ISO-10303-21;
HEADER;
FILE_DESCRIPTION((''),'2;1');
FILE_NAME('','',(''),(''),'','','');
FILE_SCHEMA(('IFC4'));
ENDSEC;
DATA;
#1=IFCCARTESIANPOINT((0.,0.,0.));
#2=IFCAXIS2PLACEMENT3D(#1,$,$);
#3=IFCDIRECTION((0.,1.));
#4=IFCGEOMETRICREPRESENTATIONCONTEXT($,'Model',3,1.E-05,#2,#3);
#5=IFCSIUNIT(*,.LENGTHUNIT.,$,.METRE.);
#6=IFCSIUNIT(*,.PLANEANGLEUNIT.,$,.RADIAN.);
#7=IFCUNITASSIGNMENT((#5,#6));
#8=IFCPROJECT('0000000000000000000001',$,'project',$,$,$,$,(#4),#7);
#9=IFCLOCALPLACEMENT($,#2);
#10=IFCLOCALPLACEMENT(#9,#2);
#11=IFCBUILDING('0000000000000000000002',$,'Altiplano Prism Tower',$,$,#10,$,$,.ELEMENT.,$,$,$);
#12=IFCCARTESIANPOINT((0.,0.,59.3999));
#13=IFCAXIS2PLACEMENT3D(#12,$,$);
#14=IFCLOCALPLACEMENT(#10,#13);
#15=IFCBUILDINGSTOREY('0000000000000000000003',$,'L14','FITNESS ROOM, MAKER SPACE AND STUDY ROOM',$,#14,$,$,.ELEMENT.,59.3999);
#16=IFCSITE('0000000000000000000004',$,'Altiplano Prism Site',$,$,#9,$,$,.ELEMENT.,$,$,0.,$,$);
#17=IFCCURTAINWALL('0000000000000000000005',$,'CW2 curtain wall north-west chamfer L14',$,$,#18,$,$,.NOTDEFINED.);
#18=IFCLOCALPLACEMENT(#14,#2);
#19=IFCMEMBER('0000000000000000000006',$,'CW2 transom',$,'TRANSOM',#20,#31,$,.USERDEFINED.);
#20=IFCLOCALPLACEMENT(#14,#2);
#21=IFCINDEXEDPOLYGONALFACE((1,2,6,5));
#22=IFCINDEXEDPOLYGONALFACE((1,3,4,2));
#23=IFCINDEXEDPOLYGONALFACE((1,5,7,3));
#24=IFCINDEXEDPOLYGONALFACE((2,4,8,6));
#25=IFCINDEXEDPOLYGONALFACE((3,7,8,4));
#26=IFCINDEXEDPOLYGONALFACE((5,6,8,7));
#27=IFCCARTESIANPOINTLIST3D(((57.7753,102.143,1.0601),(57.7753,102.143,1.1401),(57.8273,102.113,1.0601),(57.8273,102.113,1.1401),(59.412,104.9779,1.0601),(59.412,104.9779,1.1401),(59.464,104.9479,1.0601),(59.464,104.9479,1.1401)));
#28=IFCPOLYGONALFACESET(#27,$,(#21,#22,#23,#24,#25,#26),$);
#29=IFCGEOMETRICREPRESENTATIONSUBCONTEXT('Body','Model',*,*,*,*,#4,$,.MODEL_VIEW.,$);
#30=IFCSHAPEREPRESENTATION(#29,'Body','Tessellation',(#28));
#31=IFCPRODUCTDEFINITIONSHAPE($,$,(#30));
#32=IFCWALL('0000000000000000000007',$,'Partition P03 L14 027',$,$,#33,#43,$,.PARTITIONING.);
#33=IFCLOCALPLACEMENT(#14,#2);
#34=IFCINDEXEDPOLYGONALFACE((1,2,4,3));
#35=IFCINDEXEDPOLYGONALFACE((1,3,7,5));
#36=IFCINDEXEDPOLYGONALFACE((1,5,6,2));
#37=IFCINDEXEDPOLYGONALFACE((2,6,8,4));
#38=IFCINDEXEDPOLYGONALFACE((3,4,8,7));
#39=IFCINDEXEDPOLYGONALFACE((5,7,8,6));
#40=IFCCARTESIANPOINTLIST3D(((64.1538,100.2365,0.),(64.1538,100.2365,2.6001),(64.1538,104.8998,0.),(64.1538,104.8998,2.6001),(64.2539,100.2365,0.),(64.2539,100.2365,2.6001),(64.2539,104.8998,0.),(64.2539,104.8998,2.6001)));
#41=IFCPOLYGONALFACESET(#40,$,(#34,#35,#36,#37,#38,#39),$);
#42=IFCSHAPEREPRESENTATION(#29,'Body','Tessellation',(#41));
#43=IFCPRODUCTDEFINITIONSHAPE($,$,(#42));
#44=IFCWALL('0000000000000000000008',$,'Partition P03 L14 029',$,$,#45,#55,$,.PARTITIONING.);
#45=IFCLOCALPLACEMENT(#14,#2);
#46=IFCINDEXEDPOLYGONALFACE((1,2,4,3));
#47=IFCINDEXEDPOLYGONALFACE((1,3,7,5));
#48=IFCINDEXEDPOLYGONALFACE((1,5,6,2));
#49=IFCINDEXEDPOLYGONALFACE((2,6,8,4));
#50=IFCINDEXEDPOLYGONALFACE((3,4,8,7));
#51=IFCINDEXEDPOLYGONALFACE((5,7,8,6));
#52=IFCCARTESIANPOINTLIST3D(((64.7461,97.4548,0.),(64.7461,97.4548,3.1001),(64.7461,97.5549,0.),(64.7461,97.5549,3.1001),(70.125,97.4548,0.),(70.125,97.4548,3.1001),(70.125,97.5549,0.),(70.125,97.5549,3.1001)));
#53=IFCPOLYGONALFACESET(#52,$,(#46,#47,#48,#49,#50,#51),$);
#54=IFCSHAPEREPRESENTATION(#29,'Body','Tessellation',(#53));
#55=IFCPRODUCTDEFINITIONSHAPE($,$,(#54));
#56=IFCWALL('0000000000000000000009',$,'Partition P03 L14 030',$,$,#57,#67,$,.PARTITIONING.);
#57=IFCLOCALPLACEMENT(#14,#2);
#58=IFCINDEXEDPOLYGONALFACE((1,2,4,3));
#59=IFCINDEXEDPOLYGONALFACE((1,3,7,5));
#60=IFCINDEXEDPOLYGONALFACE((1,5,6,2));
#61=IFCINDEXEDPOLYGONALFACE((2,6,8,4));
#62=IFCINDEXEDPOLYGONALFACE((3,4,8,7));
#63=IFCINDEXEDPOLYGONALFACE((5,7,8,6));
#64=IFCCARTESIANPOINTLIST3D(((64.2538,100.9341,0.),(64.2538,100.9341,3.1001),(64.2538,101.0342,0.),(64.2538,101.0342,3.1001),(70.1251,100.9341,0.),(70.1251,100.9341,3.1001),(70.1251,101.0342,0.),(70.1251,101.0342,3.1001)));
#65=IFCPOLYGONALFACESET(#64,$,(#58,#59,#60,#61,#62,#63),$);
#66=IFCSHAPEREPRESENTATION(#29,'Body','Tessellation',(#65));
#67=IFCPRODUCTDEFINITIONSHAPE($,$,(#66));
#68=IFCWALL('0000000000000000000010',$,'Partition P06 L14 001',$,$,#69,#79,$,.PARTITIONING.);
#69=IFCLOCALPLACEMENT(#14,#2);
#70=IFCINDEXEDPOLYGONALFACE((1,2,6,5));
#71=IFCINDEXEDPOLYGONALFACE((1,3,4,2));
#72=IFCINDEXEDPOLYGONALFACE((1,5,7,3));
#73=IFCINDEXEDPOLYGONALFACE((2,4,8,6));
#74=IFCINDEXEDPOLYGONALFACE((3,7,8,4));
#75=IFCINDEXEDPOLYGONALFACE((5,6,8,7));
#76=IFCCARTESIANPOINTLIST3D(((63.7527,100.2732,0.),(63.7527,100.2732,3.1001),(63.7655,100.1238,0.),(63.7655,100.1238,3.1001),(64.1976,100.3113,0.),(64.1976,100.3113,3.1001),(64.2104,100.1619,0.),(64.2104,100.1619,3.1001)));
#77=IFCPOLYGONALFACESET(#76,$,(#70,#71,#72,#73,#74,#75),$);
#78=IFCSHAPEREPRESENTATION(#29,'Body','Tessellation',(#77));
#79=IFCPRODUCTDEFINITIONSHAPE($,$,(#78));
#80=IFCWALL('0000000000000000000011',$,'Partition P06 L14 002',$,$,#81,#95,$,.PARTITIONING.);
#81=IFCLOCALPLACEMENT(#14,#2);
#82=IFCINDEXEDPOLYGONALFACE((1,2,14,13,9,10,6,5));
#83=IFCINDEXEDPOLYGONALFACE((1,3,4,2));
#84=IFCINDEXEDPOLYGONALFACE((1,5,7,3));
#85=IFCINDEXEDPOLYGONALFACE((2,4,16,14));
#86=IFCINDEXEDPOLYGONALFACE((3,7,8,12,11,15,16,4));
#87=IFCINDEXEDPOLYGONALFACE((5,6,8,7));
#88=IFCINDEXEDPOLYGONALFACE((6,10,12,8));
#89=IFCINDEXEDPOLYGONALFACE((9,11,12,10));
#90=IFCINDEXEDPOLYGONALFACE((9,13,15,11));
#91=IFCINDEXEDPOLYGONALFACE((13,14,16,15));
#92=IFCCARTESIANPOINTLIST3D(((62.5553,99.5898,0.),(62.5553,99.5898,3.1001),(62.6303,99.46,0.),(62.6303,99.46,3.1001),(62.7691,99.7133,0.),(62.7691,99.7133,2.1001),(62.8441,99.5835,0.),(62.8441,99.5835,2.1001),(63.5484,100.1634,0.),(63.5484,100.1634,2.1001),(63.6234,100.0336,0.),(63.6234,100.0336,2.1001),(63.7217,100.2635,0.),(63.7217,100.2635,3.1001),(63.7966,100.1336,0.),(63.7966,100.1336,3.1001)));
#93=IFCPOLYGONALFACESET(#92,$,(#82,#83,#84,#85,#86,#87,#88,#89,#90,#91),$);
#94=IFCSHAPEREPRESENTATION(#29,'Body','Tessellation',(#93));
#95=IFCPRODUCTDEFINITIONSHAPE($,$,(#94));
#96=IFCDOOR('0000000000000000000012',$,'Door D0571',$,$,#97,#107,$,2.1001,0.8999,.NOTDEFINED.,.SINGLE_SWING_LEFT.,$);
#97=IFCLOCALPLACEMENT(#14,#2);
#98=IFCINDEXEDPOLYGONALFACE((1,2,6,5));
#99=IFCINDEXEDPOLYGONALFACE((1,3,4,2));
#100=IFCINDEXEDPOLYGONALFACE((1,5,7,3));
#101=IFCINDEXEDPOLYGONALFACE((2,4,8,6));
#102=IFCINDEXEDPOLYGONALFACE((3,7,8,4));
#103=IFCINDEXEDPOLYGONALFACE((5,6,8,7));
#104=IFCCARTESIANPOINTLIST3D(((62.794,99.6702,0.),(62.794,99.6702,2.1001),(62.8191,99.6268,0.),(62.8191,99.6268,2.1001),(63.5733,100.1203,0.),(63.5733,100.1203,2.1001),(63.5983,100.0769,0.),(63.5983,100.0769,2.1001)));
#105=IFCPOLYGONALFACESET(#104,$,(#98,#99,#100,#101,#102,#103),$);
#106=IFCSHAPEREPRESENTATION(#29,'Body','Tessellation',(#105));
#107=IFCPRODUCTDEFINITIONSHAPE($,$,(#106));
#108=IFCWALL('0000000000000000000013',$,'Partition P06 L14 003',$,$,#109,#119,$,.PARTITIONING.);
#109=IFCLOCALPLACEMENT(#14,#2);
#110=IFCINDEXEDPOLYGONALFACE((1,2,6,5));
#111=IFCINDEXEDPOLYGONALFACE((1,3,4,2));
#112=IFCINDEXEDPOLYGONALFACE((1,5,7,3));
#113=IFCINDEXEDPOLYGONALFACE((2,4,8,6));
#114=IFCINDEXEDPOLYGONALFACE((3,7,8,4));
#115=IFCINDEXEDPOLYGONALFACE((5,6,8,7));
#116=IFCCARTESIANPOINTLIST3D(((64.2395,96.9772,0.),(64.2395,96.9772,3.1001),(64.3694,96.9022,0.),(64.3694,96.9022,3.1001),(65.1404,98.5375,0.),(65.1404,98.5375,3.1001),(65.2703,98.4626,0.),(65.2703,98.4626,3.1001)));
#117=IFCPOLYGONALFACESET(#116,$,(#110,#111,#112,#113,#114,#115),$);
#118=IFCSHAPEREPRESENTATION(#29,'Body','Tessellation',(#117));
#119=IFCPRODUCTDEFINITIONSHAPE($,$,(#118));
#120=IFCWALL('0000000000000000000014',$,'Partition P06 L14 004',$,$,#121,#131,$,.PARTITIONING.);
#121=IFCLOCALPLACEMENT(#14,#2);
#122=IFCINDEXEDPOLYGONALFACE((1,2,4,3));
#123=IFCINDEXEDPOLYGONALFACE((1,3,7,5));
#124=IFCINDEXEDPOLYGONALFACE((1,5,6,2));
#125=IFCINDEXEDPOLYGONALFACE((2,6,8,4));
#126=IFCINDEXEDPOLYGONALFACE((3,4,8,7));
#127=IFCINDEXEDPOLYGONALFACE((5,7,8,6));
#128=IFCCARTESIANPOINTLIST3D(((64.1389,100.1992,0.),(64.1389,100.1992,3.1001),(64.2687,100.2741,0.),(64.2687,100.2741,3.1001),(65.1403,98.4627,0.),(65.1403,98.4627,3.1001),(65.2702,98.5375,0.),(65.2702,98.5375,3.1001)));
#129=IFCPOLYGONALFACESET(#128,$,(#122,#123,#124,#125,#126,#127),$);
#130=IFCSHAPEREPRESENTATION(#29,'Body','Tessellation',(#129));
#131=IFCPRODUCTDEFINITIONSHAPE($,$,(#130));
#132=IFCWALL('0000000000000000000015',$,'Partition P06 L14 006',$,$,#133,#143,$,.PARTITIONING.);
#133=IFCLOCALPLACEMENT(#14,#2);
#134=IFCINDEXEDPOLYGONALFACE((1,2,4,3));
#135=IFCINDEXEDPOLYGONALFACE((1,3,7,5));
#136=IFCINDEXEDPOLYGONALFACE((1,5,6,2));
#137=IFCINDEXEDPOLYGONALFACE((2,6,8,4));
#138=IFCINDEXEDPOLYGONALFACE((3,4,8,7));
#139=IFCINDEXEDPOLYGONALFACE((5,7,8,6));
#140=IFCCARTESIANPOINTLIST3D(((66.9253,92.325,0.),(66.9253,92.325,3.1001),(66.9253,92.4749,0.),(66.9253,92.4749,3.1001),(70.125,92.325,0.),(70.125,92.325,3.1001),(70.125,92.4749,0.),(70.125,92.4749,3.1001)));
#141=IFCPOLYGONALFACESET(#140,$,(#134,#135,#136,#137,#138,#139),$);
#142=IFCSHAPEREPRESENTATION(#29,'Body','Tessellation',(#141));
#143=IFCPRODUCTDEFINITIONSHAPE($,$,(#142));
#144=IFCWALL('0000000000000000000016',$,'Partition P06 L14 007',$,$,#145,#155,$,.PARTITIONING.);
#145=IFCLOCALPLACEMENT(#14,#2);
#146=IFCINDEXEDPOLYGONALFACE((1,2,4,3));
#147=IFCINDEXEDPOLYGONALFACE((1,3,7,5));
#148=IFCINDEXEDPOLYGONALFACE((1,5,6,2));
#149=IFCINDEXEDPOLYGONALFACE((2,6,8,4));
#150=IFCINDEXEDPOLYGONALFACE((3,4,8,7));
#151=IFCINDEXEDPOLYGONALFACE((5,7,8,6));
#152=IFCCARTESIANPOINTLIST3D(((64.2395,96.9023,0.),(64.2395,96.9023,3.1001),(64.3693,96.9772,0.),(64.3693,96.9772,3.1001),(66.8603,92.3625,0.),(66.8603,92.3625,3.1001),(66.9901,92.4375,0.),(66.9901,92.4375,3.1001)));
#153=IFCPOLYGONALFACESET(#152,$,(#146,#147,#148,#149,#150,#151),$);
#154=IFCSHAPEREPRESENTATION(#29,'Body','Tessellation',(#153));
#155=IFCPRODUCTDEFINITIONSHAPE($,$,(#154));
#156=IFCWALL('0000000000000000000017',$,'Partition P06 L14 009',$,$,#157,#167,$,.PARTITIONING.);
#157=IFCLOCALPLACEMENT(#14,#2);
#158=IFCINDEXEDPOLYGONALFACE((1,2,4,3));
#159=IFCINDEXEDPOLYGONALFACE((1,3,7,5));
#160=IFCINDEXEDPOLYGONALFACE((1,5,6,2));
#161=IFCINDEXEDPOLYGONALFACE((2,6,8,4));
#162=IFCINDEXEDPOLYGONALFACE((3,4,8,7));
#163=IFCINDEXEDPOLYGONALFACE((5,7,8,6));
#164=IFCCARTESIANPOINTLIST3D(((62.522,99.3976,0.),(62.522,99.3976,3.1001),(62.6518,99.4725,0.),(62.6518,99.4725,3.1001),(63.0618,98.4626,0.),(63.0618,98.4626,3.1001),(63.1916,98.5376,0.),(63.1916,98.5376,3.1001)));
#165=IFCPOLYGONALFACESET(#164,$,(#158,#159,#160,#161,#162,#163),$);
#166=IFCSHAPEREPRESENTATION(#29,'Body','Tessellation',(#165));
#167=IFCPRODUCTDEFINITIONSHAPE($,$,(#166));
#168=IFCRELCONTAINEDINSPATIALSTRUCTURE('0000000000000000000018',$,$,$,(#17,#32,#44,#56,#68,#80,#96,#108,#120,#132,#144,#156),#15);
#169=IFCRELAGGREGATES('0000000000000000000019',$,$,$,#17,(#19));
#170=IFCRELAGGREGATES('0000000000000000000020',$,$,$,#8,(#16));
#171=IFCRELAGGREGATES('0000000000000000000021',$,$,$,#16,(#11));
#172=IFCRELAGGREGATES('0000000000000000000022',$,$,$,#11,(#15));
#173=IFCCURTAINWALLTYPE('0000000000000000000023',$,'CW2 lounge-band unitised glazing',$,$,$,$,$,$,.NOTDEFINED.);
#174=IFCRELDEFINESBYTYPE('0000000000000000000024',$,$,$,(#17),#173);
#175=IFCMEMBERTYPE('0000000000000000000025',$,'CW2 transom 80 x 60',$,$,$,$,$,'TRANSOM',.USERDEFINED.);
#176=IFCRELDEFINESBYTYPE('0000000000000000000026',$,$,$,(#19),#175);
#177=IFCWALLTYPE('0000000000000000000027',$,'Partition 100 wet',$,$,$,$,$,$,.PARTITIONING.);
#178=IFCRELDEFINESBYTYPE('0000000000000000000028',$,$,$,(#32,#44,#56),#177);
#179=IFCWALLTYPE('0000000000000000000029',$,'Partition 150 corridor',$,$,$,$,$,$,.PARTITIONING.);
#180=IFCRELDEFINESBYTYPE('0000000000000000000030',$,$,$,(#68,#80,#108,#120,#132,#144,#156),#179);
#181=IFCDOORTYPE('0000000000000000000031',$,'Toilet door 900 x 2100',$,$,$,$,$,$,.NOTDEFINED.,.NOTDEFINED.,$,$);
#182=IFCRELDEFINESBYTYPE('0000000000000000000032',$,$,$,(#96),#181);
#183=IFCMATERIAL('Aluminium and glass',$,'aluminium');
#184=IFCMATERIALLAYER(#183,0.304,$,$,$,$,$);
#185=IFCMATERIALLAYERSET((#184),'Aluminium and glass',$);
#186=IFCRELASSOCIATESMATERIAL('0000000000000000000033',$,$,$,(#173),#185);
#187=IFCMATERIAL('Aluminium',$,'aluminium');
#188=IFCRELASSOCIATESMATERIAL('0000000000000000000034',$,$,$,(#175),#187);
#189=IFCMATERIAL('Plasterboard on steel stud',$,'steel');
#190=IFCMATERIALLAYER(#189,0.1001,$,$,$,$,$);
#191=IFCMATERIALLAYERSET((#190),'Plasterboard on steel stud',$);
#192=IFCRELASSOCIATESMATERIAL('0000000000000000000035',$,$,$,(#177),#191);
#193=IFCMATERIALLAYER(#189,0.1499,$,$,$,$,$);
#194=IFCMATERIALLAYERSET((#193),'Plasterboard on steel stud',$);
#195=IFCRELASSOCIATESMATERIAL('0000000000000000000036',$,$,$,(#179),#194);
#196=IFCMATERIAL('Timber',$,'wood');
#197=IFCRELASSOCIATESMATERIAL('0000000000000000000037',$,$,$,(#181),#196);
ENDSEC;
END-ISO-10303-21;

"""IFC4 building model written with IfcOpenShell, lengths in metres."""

from ifc_helpers import new_model, si_unit, direction, frame, frame_2d, origin, origin_2d, place, context, subcontext, project, spatial, rectangle, extrude, material, layer, layer_set, material_profile, profile_set, type_object, element, fill, aggregate, save


model = new_model("IFC4")

# Units and contexts
model_context = context("Model", 3, precision=1e-05, world=origin(), true_north=direction((0.0, 1.0)))
body_context = subcontext(model_context, "Body", "Model", "MODEL_VIEW")
ifc_project = project(units=[si_unit("LENGTHUNIT", "METRE"), si_unit("PLANEANGLEUNIT", "RADIAN")], contexts=[model_context])

# Site, building, storey
site_placement = place(None, origin())
site = spatial("IfcSite", under=ifc_project, at=site_placement, Name="Altiplano Prism Site", CompositionType="ELEMENT", RefElevation=0.0)
building_placement = place(site_placement, origin())
building = spatial("IfcBuilding", under=site, at=building_placement, Name="Altiplano Prism Tower", CompositionType="ELEMENT")
storey_placement = place(building_placement, frame((0.0, 0.0, 59.3999)))
storey = spatial("IfcBuildingStorey", under=building, at=storey_placement, Name="L14", Description="FITNESS ROOM, MAKER SPACE AND STUDY ROOM", CompositionType="ELEMENT", Elevation=59.3999)

# Curtain wall, member
ifc_material_1 = material(Name="Aluminium and glass", Category="aluminium")
ifc_layer_1 = layer(ifc_material_1, 0.304)
ifc_layer_set_1 = layer_set([ifc_layer_1], Name="Aluminium and glass")
curtain_wall_type = type_object("IfcCurtainWallType", Name="CW2 lounge-band unitised glazing", PredefinedType="NOTDEFINED", material=ifc_layer_set_1)
curtain_wall_placement = place(storey_placement, origin())
curtain_wall = element("IfcCurtainWall", 1, at=curtain_wall_placement, inside=storey, type_object=curtain_wall_type, Name="CW2 curtain wall north-west chamfer L14", PredefinedType="NOTDEFINED")
ifc_material_2 = material(Name="Aluminium", Category="aluminium")
ifc_material_profile = material_profile(ifc_material_2, rectangle(XDim=0.0601, YDim=0.0801, at=origin_2d()), Name="CW2 transom 80 x 60")
ifc_profile_set = profile_set([ifc_material_profile], Name="Aluminium")
member_type = type_object("IfcMemberType", Name="CW2 transom 80 x 60", ElementType="TRANSOM", PredefinedType="USERDEFINED", material=ifc_profile_set)
member_placement = place(storey_placement, frame((59.438, 104.9629, 1.1001), z_axis=(-0.499989, -0.866032, 0.0), x_axis=(0.866032, -0.499989, 0.0)))
member = element("IfcMember", 2, at=member_placement, type_object=member_type, Name="CW2 transom", ObjectType="TRANSOM", PredefinedType="USERDEFINED", context=body_context, shape_type="SweptSolid", body=[
    extrude(rectangle(XDim=0.0601, YDim=0.0801, at=origin_2d()), origin(), (0.0, 0.0, 1.0), 3.2734),
])
aggregate(curtain_wall, [member])

# Walls
ifc_material_3 = material(Name="Plasterboard on steel stud", Category="steel")
ifc_layer_2 = layer(ifc_material_3, 0.1001)
ifc_layer_set_2 = layer_set([ifc_layer_2], Name="Plasterboard on steel stud")
wall_type_1 = type_object("IfcWallType", Name="Partition 100 wet", PredefinedType="PARTITIONING", material=ifc_layer_set_2)
wall_1_placement = place(storey_placement, frame((64.2039, 100.2366, 0.0), z_axis=(0.0, 0.0, 1.0), x_axis=(0.0, 1.0, 0.0)))
element("IfcWall", 3, at=wall_1_placement, inside=storey, type_object=wall_type_1, Name="Partition P03 L14 027", PredefinedType="PARTITIONING", context=body_context, shape_type="SweptSolid", body=[
    extrude(rectangle(XDim=4.6633, YDim=0.1001, at=frame_2d((2.3315, 0.0))), origin(), (0.0, 0.0, 1.0), 2.6001),
])
wall_2_placement = place(storey_placement, frame((64.7461, 97.5049, 0.0), z_axis=(0.0, 0.0, 1.0), x_axis=(1.0, 0.0, 0.0)))
element("IfcWall", 4, at=wall_2_placement, inside=storey, type_object=wall_type_1, Name="Partition P03 L14 029", PredefinedType="PARTITIONING", context=body_context, shape_type="SweptSolid", body=[
    extrude(rectangle(XDim=5.3789, YDim=0.1001, at=frame_2d((2.6895, 0.0))), origin(), (0.0, 0.0, 1.0), 3.1001),
])
wall_3_placement = place(storey_placement, frame((70.125, 100.9841, 0.0), z_axis=(0.0, 0.0, 1.0), x_axis=(-1.0, 0.0, 0.0)))
element("IfcWall", 5, at=wall_3_placement, inside=storey, type_object=wall_type_1, Name="Partition P03 L14 030", PredefinedType="PARTITIONING", context=body_context, shape_type="SweptSolid", body=[
    extrude(rectangle(XDim=5.8713, YDim=0.1001, at=frame_2d((2.9355, 0.0))), origin(), (0.0, 0.0, 1.0), 3.1001),
])
ifc_layer_3 = layer(ifc_material_3, 0.1499)
ifc_layer_set_3 = layer_set([ifc_layer_3], Name="Plasterboard on steel stud")
wall_type_2 = type_object("IfcWallType", Name="Partition 150 corridor", PredefinedType="PARTITIONING", material=ifc_layer_set_3)
wall_4_placement = place(storey_placement, frame((64.2039, 100.2366, 0.0), z_axis=(0.0, 0.0, 1.0), x_axis=(-0.996355, -0.085308, 0.0)))
element("IfcWall", 6, at=wall_4_placement, inside=storey, type_object=wall_type_2, Name="Partition P06 L14 001", PredefinedType="PARTITIONING", context=body_context, shape_type="SweptSolid", body=[
    extrude(rectangle(XDim=0.4465, YDim=0.1499, at=frame_2d((0.2231, 0.0))), origin(), (0.0, 0.0, 1.0), 3.1001),
])

# Wall, opening, door
wall_5_placement = place(storey_placement, frame((63.759, 100.1985, 0.0), z_axis=(0.0, 0.0, 1.0), x_axis=(-0.865947, -0.500136, 0.0)))
wall_5 = element("IfcWall", 7, at=wall_5_placement, inside=storey, type_object=wall_type_2, Name="Partition P06 L14 002", PredefinedType="PARTITIONING", context=body_context, shape_type="SweptSolid", body=[
    extrude(rectangle(XDim=1.3469, YDim=0.1499, at=frame_2d((0.6733, 0.0))), origin(), (0.0, 0.0, 1.0), 3.1001),
])
opening_1_placement = place(wall_5_placement, frame((0.2, 0.0, 0.0)))
opening_1 = element("IfcOpeningElement", 8, at=opening_1_placement, cuts=wall_5, PredefinedType="OPENING", context=body_context, shape_type="SweptSolid", body=[
    extrude(rectangle(XDim=0.8999, YDim=2.1001, at=frame_2d((0.45, 1.05))), frame((0.0, 0.0854, 0.0), z_axis=(0.0, -1.0, 0.0), x_axis=(1.0, 0.0, 0.0)), (0.0, 0.0, 1.0), 0.1709),
])
ifc_material_4 = material(Name="Timber", Category="wood")
door_type_1 = type_object("IfcDoorType", Name="Toilet door 900 x 2100", OperationType="NOTDEFINED", PredefinedType="NOTDEFINED", material=ifc_material_4)
door_1_placement = place(opening_1_placement, origin())
door_1 = element("IfcDoor", 9, at=door_1_placement, inside=storey, type_object=door_type_1, Name="Door D0571", OperationType="SINGLE_SWING_LEFT", OverallHeight=2.1001, OverallWidth=0.8999, PredefinedType="NOTDEFINED", context=body_context, shape_type="SweptSolid", body=[
    extrude(rectangle(XDim=0.8999, YDim=2.1001, at=frame_2d((0.45, 1.05))), frame((0.0, 0.0249, 0.0), z_axis=(0.0, -1.0, 0.0), x_axis=(1.0, 0.0, 0.0)), (0.0, 0.0, 1.0), 0.05),
])
fill(opening_1, door_1)

# Walls
wall_6_placement = place(storey_placement, frame((64.3044, 96.9397, 0.0), z_axis=(0.0, 0.0, 1.0), x_axis=(0.500016, 0.866016, 0.0)))
element("IfcWall", 10, at=wall_6_placement, inside=storey, type_object=wall_type_2, Name="Partition P06 L14 003", PredefinedType="PARTITIONING", context=body_context, shape_type="SweptSolid", body=[
    extrude(rectangle(XDim=1.8018, YDim=0.1499, at=frame_2d((0.9009, 0.0))), origin(), (0.0, 0.0, 1.0), 3.1001),
])
wall_7_placement = place(storey_placement, frame((65.2053, 98.5, 0.0), z_axis=(0.0, 0.0, 1.0), x_axis=(-0.499571, 0.866273, 0.0)))
element("IfcWall", 11, at=wall_7_placement, inside=storey, type_object=wall_type_2, Name="Partition P06 L14 004", PredefinedType="PARTITIONING", context=body_context, shape_type="SweptSolid", body=[
    extrude(rectangle(XDim=2.0046, YDim=0.1499, at=frame_2d((1.0024, 0.0))), origin(), (0.0, 0.0, 1.0), 3.1001),
])
wall_8_placement = place(storey_placement, frame((70.125, 92.3999, 0.0), z_axis=(0.0, 0.0, 1.0), x_axis=(-1.0, 0.0, 0.0)))
element("IfcWall", 12, at=wall_8_placement, inside=storey, type_object=wall_type_2, Name="Partition P06 L14 006", PredefinedType="PARTITIONING", context=body_context, shape_type="SweptSolid", body=[
    extrude(rectangle(XDim=3.1997, YDim=0.1499, at=frame_2d((1.5999, 0.0))), origin(), (0.0, 0.0, 1.0), 3.1001),
])
wall_9_placement = place(storey_placement, frame((66.9253, 92.3999, 0.0), z_axis=(0.0, 0.0, 1.0), x_axis=(-0.499971, 0.866042, 0.0)))
element("IfcWall", 13, at=wall_9_placement, inside=storey, type_object=wall_type_2, Name="Partition P06 L14 007", PredefinedType="PARTITIONING", context=body_context, shape_type="SweptSolid", body=[
    extrude(rectangle(XDim=5.2419, YDim=0.1499, at=frame_2d((2.6211, 0.0))), origin(), (0.0, 0.0, 1.0), 3.1001),
])
wall_10_placement = place(storey_placement, frame((62.5869, 99.4351, 0.0), z_axis=(0.0, 0.0, 1.0), x_axis=(0.499957, -0.86605, 0.0)))
element("IfcWall", 14, at=wall_10_placement, inside=storey, type_object=wall_type_2, Name="Partition P06 L14 009", PredefinedType="PARTITIONING", context=body_context, shape_type="SweptSolid", body=[
    extrude(rectangle(XDim=1.0796, YDim=0.1499, at=frame_2d((0.5398, 0.0))), origin(), (0.0, 0.0, 1.0), 3.1001),
])

save(model, "model.ifc")
